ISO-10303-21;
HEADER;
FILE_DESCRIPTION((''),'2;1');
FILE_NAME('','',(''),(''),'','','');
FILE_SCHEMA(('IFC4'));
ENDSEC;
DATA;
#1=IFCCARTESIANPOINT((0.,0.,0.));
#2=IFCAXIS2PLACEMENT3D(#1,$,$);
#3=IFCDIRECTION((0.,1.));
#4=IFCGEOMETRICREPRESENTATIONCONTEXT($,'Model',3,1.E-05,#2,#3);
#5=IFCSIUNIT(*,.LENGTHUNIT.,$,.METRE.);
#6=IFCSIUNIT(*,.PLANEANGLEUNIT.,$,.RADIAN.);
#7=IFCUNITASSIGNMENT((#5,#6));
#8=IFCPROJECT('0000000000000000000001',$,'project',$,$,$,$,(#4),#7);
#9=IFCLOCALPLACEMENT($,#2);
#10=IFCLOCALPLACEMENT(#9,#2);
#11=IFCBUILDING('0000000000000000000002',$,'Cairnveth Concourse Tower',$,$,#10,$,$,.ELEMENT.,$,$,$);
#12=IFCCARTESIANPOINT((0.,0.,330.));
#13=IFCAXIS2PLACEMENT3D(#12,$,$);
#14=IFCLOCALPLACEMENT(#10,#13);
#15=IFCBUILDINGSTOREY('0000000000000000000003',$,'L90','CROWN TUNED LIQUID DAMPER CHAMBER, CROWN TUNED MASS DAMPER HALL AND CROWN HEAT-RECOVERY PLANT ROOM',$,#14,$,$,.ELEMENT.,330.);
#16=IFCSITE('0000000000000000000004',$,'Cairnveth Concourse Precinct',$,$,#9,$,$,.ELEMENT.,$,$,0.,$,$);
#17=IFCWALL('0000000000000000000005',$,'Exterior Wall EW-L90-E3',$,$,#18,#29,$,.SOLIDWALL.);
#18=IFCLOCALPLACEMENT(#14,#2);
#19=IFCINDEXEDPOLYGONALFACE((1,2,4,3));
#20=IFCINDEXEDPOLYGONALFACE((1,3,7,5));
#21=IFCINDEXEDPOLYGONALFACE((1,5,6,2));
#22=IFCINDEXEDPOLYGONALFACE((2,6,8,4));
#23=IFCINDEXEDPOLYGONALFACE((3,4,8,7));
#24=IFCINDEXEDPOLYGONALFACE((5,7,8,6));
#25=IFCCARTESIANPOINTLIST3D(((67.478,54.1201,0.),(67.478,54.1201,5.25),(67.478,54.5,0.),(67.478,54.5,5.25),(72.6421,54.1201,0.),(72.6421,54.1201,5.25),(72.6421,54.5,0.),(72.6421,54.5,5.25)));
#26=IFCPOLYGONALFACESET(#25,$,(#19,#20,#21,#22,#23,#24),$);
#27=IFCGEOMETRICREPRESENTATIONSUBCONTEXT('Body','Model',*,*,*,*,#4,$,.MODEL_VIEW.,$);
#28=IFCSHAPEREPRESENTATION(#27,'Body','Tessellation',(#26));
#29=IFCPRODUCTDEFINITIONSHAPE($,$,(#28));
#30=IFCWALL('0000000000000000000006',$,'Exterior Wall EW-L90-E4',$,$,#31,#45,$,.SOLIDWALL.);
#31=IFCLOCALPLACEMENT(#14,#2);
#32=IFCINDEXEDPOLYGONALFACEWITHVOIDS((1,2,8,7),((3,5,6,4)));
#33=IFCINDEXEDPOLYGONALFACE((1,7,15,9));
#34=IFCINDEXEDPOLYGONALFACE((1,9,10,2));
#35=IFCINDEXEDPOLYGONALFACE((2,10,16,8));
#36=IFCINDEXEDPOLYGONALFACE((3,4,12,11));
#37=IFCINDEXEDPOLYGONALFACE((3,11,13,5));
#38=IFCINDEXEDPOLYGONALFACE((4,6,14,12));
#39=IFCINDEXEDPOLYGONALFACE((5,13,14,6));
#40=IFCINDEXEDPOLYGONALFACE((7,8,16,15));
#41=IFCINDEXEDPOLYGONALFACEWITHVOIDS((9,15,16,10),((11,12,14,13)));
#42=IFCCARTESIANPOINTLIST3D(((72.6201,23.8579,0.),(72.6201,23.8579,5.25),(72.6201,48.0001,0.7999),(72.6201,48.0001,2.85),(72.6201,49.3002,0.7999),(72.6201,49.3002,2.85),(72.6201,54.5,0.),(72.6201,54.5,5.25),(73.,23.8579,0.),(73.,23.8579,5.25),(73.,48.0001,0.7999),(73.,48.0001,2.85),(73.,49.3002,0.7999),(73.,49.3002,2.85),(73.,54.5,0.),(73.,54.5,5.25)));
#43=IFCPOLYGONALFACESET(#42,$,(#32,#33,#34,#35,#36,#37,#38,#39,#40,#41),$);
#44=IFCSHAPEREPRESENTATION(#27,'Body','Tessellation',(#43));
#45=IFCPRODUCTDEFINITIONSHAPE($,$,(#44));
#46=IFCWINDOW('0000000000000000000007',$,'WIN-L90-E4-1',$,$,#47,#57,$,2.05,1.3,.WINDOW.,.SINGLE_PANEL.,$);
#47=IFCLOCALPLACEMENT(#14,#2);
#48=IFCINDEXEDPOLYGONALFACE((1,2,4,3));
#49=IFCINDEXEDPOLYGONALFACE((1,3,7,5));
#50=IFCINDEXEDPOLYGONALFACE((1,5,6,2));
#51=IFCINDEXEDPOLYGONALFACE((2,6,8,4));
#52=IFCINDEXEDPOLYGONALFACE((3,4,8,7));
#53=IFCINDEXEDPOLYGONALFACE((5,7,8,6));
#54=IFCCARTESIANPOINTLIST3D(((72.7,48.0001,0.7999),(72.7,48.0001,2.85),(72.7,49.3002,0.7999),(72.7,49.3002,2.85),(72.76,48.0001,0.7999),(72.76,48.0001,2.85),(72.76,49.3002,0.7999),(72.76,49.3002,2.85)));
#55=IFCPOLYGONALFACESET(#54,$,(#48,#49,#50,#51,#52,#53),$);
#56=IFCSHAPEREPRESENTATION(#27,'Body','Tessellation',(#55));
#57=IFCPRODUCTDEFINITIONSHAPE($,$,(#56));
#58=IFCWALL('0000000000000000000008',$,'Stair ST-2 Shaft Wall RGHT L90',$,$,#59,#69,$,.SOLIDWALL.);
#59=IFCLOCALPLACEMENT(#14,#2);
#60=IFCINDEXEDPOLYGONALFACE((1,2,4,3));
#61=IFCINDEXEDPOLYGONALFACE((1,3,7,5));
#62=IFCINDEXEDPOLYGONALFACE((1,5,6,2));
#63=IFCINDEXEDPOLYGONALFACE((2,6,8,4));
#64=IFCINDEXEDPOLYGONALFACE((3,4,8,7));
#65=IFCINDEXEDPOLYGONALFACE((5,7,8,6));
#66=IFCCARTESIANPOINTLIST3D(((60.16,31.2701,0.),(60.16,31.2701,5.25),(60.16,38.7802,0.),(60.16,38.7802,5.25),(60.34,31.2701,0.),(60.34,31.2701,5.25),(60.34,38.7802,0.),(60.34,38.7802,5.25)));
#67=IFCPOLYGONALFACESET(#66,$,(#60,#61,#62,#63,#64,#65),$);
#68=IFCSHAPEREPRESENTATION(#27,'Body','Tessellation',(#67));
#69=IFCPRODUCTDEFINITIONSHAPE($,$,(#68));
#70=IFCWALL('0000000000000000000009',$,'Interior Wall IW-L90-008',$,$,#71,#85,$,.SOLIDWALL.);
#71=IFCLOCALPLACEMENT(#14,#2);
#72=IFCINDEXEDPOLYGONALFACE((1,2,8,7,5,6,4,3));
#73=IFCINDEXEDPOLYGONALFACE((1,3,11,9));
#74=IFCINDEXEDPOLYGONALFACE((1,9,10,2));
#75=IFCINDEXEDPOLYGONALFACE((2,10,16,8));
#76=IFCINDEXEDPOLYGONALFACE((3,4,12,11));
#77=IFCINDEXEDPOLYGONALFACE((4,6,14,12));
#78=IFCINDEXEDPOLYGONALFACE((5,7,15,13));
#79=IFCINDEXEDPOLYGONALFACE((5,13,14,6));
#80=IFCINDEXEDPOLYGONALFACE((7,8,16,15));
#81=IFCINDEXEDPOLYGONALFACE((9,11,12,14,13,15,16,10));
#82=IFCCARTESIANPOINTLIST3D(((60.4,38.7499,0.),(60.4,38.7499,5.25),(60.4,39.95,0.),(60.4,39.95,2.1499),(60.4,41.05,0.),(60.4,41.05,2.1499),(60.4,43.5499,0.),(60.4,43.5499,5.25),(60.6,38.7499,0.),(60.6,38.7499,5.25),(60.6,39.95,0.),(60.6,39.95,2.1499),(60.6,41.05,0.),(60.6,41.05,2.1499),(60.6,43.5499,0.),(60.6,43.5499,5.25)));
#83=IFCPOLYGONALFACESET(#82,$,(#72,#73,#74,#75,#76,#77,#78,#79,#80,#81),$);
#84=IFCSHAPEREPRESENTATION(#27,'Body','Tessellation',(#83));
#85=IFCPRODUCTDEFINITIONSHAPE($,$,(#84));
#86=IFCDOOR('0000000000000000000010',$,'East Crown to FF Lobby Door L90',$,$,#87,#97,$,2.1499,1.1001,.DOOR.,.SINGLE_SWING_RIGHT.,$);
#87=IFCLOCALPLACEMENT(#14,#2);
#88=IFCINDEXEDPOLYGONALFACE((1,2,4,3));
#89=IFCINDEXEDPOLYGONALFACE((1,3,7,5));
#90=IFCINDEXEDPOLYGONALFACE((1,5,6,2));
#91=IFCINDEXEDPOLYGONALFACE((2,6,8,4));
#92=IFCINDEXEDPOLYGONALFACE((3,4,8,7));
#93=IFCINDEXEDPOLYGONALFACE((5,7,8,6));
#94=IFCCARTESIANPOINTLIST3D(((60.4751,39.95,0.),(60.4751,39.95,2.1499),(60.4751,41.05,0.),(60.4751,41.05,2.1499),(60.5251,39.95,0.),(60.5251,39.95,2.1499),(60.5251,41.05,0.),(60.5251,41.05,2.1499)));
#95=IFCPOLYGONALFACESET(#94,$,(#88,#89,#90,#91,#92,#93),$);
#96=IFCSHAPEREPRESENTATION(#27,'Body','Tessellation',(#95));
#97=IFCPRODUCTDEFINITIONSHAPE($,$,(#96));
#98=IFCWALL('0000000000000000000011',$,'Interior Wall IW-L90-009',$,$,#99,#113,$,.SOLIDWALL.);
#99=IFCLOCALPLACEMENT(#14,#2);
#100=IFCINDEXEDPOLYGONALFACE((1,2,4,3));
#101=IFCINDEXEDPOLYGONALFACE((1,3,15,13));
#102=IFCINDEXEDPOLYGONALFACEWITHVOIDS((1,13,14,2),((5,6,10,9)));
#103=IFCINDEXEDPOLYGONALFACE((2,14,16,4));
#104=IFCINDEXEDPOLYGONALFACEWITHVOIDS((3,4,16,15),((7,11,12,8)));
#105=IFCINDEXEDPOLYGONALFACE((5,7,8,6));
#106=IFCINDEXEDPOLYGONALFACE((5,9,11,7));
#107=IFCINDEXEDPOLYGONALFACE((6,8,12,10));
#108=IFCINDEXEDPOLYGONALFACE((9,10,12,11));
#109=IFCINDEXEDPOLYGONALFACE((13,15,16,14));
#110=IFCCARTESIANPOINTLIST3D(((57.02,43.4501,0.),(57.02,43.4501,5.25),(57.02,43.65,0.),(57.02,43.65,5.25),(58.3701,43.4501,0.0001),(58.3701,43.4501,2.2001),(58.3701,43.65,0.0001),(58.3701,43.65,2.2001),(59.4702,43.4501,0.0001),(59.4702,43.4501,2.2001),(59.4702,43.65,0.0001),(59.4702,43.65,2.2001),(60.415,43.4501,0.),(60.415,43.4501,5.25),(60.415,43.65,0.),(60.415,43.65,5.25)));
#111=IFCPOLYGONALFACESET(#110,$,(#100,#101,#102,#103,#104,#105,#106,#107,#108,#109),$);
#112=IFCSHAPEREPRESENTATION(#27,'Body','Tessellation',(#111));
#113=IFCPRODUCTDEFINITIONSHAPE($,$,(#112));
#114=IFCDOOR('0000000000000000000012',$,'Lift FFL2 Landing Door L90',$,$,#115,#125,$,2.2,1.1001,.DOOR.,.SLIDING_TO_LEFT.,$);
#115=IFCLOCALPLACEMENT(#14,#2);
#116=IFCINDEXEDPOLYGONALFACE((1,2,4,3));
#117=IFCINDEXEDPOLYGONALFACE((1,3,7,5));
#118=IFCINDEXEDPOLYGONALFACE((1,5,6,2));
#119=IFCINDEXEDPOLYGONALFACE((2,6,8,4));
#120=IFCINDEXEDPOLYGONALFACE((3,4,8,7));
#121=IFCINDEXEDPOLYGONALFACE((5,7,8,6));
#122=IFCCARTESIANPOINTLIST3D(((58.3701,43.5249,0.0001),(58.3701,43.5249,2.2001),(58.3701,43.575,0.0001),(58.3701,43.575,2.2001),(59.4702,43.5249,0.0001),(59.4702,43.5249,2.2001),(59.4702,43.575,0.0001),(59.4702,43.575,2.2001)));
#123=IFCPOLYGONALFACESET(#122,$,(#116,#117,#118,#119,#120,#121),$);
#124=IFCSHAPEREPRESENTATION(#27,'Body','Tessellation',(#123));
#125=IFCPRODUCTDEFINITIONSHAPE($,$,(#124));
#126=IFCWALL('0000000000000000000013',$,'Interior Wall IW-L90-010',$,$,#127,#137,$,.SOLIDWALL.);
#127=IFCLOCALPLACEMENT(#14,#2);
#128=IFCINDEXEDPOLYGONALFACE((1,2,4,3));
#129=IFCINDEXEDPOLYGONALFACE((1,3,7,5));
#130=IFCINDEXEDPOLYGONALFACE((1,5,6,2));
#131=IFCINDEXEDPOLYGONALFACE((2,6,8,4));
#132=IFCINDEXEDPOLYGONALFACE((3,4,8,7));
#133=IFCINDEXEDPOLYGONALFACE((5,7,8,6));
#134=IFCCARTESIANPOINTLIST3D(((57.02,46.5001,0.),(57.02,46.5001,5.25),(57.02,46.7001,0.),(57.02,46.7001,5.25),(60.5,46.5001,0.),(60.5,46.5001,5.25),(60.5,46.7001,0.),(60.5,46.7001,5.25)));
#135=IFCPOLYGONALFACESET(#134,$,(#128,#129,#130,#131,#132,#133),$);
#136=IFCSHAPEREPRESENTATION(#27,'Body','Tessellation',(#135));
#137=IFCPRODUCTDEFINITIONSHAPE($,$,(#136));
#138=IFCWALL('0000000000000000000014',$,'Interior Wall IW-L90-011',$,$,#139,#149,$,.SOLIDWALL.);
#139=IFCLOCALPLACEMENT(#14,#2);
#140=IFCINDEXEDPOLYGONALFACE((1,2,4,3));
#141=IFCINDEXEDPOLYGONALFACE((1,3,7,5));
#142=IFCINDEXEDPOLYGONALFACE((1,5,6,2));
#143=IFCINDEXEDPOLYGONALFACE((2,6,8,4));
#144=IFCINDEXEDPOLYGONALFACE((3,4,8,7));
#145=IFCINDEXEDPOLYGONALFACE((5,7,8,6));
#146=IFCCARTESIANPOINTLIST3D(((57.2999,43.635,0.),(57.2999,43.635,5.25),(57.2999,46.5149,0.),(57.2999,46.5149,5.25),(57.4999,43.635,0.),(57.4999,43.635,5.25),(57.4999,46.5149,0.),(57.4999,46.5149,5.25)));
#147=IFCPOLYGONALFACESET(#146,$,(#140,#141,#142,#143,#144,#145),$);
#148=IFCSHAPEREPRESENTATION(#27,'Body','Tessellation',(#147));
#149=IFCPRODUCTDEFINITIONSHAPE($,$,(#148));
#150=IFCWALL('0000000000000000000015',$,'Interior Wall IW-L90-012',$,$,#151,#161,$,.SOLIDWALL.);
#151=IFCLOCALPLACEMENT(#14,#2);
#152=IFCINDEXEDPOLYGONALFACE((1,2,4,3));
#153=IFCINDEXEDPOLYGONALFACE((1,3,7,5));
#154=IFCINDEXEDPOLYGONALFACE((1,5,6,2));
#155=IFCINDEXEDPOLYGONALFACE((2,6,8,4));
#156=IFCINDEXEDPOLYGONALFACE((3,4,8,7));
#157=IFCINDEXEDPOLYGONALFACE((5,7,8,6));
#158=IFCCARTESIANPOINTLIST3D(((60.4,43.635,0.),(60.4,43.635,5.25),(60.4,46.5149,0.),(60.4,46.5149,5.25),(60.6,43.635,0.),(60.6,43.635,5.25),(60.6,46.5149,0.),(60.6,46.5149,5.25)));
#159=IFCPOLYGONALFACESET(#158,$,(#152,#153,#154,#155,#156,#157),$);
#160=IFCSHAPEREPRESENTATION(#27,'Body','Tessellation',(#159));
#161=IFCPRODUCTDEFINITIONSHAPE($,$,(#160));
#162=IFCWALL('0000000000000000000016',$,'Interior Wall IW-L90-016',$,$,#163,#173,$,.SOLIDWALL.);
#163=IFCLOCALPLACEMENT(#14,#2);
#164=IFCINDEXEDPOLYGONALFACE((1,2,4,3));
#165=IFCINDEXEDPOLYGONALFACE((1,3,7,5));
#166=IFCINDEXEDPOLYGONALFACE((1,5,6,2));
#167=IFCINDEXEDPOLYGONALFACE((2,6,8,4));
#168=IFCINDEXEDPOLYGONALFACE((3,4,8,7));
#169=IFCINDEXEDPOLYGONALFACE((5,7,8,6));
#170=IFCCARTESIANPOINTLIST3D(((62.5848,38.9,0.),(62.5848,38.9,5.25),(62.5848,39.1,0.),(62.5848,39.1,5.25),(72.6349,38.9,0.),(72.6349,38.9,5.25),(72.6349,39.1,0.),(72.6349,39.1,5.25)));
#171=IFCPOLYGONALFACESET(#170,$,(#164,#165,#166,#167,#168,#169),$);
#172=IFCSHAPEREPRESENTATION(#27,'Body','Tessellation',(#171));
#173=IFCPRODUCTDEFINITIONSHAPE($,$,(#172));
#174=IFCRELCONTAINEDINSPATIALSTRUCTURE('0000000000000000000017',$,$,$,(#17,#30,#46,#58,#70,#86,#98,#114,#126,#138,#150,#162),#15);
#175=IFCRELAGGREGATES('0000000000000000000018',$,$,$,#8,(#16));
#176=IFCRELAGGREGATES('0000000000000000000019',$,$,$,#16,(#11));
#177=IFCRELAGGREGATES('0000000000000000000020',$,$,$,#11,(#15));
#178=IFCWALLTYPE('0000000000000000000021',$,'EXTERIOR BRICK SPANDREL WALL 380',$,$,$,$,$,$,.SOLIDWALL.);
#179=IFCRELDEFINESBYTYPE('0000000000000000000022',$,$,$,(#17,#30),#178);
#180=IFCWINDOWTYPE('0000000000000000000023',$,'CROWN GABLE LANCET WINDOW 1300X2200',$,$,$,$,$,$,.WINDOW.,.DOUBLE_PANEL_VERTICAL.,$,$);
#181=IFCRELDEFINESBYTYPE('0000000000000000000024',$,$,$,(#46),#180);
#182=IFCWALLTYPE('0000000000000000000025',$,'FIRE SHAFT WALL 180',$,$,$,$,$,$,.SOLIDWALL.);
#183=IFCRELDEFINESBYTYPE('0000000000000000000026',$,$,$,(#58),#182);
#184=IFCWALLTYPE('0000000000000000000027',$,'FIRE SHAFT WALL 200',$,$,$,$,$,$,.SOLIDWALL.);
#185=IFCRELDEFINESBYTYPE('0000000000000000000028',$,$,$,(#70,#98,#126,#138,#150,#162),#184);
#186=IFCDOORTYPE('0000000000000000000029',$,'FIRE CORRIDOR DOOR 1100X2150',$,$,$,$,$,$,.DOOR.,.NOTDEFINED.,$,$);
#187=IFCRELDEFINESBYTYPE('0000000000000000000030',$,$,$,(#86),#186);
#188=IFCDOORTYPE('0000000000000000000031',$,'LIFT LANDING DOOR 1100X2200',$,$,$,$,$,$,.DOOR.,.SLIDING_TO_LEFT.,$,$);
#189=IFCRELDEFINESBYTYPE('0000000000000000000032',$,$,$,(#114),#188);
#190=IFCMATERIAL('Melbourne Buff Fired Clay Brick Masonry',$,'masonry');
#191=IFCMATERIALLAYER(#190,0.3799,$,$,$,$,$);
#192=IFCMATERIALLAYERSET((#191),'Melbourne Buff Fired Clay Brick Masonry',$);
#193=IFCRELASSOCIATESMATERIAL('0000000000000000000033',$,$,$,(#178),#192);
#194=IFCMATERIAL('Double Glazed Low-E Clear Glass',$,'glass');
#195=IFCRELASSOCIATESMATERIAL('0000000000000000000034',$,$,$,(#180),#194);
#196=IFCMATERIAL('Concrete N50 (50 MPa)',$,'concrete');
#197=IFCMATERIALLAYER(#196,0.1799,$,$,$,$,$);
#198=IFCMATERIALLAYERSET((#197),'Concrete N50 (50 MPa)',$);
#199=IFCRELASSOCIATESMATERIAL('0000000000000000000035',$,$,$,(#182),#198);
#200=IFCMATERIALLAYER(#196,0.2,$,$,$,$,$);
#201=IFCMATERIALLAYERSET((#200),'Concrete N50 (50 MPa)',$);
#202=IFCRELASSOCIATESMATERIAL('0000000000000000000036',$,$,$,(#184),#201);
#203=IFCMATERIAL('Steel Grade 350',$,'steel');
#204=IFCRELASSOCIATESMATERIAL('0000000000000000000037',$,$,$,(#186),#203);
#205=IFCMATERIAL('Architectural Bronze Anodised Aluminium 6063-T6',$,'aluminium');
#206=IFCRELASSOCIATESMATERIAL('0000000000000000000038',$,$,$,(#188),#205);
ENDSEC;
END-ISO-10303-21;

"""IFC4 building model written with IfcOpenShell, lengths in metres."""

from ifc_helpers import new_model, si_unit, direction, frame, frame_2d, origin, place, context, subcontext, project, spatial, rectangle, extrude, material, layer, layer_set, type_object, element, fill, save


model = new_model("IFC4")

# Units and contexts
model_context = context("Model", 3, precision=1e-05, world=origin(), true_north=direction((0.0, 1.0)))
body_context = subcontext(model_context, "Body", "Model", "MODEL_VIEW")
ifc_project = project(units=[si_unit("LENGTHUNIT", "METRE"), si_unit("PLANEANGLEUNIT", "RADIAN")], contexts=[model_context])

# Site, building, storey
site_placement = place(None, origin())
site = spatial("IfcSite", under=ifc_project, at=site_placement, Name="Cairnveth Concourse Precinct", CompositionType="ELEMENT", RefElevation=0.0)
building_placement = place(site_placement, origin())
building = spatial("IfcBuilding", under=site, at=building_placement, Name="Cairnveth Concourse Tower", CompositionType="ELEMENT")
storey_placement = place(building_placement, frame((0.0, 0.0, 330.0)))
storey = spatial("IfcBuildingStorey", under=building, at=storey_placement, Name="L90", Description="CROWN TUNED LIQUID DAMPER CHAMBER, CROWN TUNED MASS DAMPER HALL AND CROWN HEAT-RECOVERY PLANT ROOM", CompositionType="ELEMENT", Elevation=330.0)

# Shared definitions
ifc_material_1 = material(Name="Steel Grade 350", Category="steel")

# Wall
ifc_material_2 = material(Name="Melbourne Buff Fired Clay Brick Masonry", Category="masonry")
ifc_layer_1 = layer(ifc_material_2, 0.3799)
ifc_layer_set_1 = layer_set([ifc_layer_1], Name="Melbourne Buff Fired Clay Brick Masonry")
wall_type_1 = type_object("IfcWallType", Name="EXTERIOR BRICK SPANDREL WALL 380", PredefinedType="SOLIDWALL", material=ifc_layer_set_1)
wall_1_placement = place(storey_placement, frame((67.478, 54.3101, 0.0), z_axis=(0.0, 0.0, 1.0), x_axis=(1.0, 0.0, 0.0)))
element("IfcWall", 1, at=wall_1_placement, inside=storey, type_object=wall_type_1, Name="Exterior Wall EW-L90-E3", PredefinedType="SOLIDWALL", context=body_context, shape_type="SweptSolid", body=[
    extrude(rectangle(XDim=5.1641, YDim=0.3799, at=frame_2d((2.582, 0.0))), origin(), (0.0, 0.0, 1.0), 5.25),
])

# Wall, opening, window
wall_2_placement = place(storey_placement, frame((72.8101, 54.5, 0.0), z_axis=(0.0, 0.0, 1.0), x_axis=(0.0, -1.0, 0.0)))
wall_2 = element("IfcWall", 2, at=wall_2_placement, inside=storey, type_object=wall_type_1, Name="Exterior Wall EW-L90-E4", PredefinedType="SOLIDWALL", context=body_context, shape_type="SweptSolid", body=[
    extrude(rectangle(XDim=30.6421, YDim=0.3799, at=frame_2d((15.321, 0.0))), origin(), (0.0, 0.0, 1.0), 5.25),
])
opening_1_placement = place(wall_2_placement, frame((5.2, 0.0, 0.8)))
opening_1 = element("IfcOpeningElement", 3, at=opening_1_placement, cuts=wall_2, PredefinedType="OPENING", context=body_context, shape_type="SweptSolid", body=[
    extrude(rectangle(XDim=1.3, YDim=2.05, at=frame_2d((0.6499, 1.0249))), frame((0.0, 0.2, 0.0), z_axis=(0.0, -1.0, 0.0), x_axis=(1.0, 0.0, 0.0)), (0.0, 0.0, 1.0), 0.3999),
])
ifc_material_3 = material(Name="Double Glazed Low-E Clear Glass", Category="glass")
window_type = type_object("IfcWindowType", Name="CROWN GABLE LANCET WINDOW 1300X2200", PartitioningType="DOUBLE_PANEL_VERTICAL", PredefinedType="WINDOW", material=ifc_material_3)
window_placement = place(opening_1_placement, origin())
window = element("IfcWindow", 4, at=window_placement, inside=storey, type_object=window_type, Name="WIN-L90-E4-1", OverallHeight=2.05, OverallWidth=1.3, PartitioningType="SINGLE_PANEL", PredefinedType="WINDOW", context=body_context, shape_type="SweptSolid", body=[
    extrude(rectangle(XDim=1.3, YDim=2.05, at=frame_2d((0.6499, 1.0249))), frame((0.0, -0.05, 0.0), z_axis=(0.0, -1.0, 0.0), x_axis=(1.0, 0.0, 0.0)), (0.0, 0.0, 1.0), 0.0601),
])
fill(opening_1, window)

# Shared definitions
ifc_material_4 = material(Name="Concrete N50 (50 MPa)", Category="concrete")
ifc_layer_2 = layer(ifc_material_4, 0.1799)
ifc_layer_set_2 = layer_set([ifc_layer_2], Name="Concrete N50 (50 MPa)")
wall_type_2 = type_object("IfcWallType", Name="FIRE SHAFT WALL 180", PredefinedType="SOLIDWALL", material=ifc_layer_set_2)

# Wall
wall_3_placement = place(storey_placement, frame((60.25, 38.78, 0.0), z_axis=(0.0, 0.0, 1.0), x_axis=(0.0, -1.0, 0.0)))
element("IfcWall", 5, at=wall_3_placement, inside=storey, type_object=wall_type_2, Name="Stair ST-2 Shaft Wall RGHT L90", PredefinedType="SOLIDWALL", context=body_context, shape_type="SweptSolid", body=[
    extrude(rectangle(XDim=7.51, YDim=0.1799, at=frame_2d((3.7549, 0.0))), origin(), (0.0, 0.0, 1.0), 5.25),
])

# Walls, openings, doors
ifc_layer_3 = layer(ifc_material_4, 0.2)
ifc_layer_set_3 = layer_set([ifc_layer_3], Name="Concrete N50 (50 MPa)")
wall_type_3 = type_object("IfcWallType", Name="FIRE SHAFT WALL 200", PredefinedType="SOLIDWALL", material=ifc_layer_set_3)
wall_4_placement = place(storey_placement, frame((60.5, 38.75, 0.0), z_axis=(0.0, 0.0, 1.0), x_axis=(0.0, 1.0, 0.0)))
wall_4 = element("IfcWall", 6, at=wall_4_placement, inside=storey, type_object=wall_type_3, Name="Interior Wall IW-L90-008", PredefinedType="SOLIDWALL", context=body_context, shape_type="SweptSolid", body=[
    extrude(rectangle(XDim=4.8, YDim=0.2, at=frame_2d((2.3999, 0.0))), origin(), (0.0, 0.0, 1.0), 5.25),
])
opening_2_placement = place(wall_4_placement, frame((1.2, 0.0, 0.0)))
opening_2 = element("IfcOpeningElement", 7, at=opening_2_placement, cuts=wall_4, PredefinedType="OPENING", context=body_context, shape_type="SweptSolid", body=[
    extrude(rectangle(XDim=1.1001, YDim=2.1499, at=frame_2d((0.55, 1.075))), frame((0.0, 0.1099, 0.0), z_axis=(0.0, -1.0, 0.0), x_axis=(1.0, 0.0, 0.0)), (0.0, 0.0, 1.0), 0.22),
])
door_type_1 = type_object("IfcDoorType", Name="FIRE CORRIDOR DOOR 1100X2150", OperationType="NOTDEFINED", PredefinedType="DOOR", material=ifc_material_1)
door_1_placement = place(opening_2_placement, origin())
door_1 = element("IfcDoor", 8, at=door_1_placement, inside=storey, type_object=door_type_1, Name="East Crown to FF Lobby Door L90", OperationType="SINGLE_SWING_RIGHT", OverallHeight=2.1499, OverallWidth=1.1001, PredefinedType="DOOR", context=body_context, shape_type="SweptSolid", body=[
    extrude(rectangle(XDim=1.1001, YDim=2.1499, at=frame_2d((0.55, 1.075))), frame((0.0, 0.0249, 0.0), z_axis=(0.0, -1.0, 0.0), x_axis=(1.0, 0.0, 0.0)), (0.0, 0.0, 1.0), 0.05),
])
fill(opening_2, door_1)
wall_5_placement = place(storey_placement, frame((57.02, 43.55, 0.0), z_axis=(0.0, 0.0, 1.0), x_axis=(1.0, 0.0, 0.0)))
wall_5 = element("IfcWall", 9, at=wall_5_placement, inside=storey, type_object=wall_type_3, Name="Interior Wall IW-L90-009", PredefinedType="SOLIDWALL", context=body_context, shape_type="SweptSolid", body=[
    extrude(rectangle(XDim=3.395, YDim=0.2, at=frame_2d((1.6975, 0.0))), origin(), (0.0, 0.0, 1.0), 5.25),
])
opening_3_placement = place(wall_5_placement, frame((1.3501, 0.0, 0.0)))
opening_3 = element("IfcOpeningElement", 10, at=opening_3_placement, cuts=wall_5, PredefinedType="OPENING", context=body_context, shape_type="SweptSolid", body=[
    extrude(rectangle(XDim=1.1001, YDim=2.2, at=frame_2d((0.55, 1.1001))), frame((0.0, 0.1099, 0.0), z_axis=(0.0, -1.0, 0.0), x_axis=(1.0, 0.0, 0.0)), (0.0, 0.0, 1.0), 0.22),
])
ifc_material_5 = material(Name="Architectural Bronze Anodised Aluminium 6063-T6", Category="aluminium")
door_type_2 = type_object("IfcDoorType", Name="LIFT LANDING DOOR 1100X2200", OperationType="SLIDING_TO_LEFT", PredefinedType="DOOR", material=ifc_material_5)
door_2_placement = place(opening_3_placement, origin())
door_2 = element("IfcDoor", 11, at=door_2_placement, inside=storey, type_object=door_type_2, Name="Lift FFL2 Landing Door L90", OperationType="SLIDING_TO_LEFT", OverallHeight=2.2, OverallWidth=1.1001, PredefinedType="DOOR", context=body_context, shape_type="SweptSolid", body=[
    extrude(rectangle(XDim=1.1001, YDim=2.2, at=frame_2d((0.55, 1.1001))), frame((0.0, 0.0249, 0.0), z_axis=(0.0, -1.0, 0.0), x_axis=(1.0, 0.0, 0.0)), (0.0, 0.0, 1.0), 0.05),
])
fill(opening_3, door_2)

# Walls
wall_6_placement = place(storey_placement, frame((57.02, 46.6001, 0.0), z_axis=(0.0, 0.0, 1.0), x_axis=(1.0, 0.0, 0.0)))
element("IfcWall", 12, at=wall_6_placement, inside=storey, type_object=wall_type_3, Name="Interior Wall IW-L90-010", PredefinedType="SOLIDWALL", context=body_context, shape_type="SweptSolid", body=[
    extrude(rectangle(XDim=3.48, YDim=0.2, at=frame_2d((1.74, 0.0))), origin(), (0.0, 0.0, 1.0), 5.25),
])
for number, where, z_axis, x_axis, name in (
    (13, (57.3999, 43.635, 0.0), (0.0, 0.0, 1.0), (0.0, 1.0, 0.0), "Interior Wall IW-L90-011"),
    (14, (60.5, 43.635, 0.0), (0.0, 0.0, 1.0), (0.0, 1.0, 0.0), "Interior Wall IW-L90-012"),
):
    element("IfcWall", number, at=place(storey_placement, frame(where, z_axis=z_axis, x_axis=x_axis)), inside=storey, type_object=wall_type_3, Name=name, PredefinedType="SOLIDWALL", context=body_context, shape_type="SweptSolid", body=[
        extrude(rectangle(XDim=2.8799, YDim=0.2, at=frame_2d((1.4399, 0.0))), origin(), (0.0, 0.0, 1.0), 5.25),
    ])
wall_7_placement = place(storey_placement, frame((62.585, 39.0, 0.0), z_axis=(0.0, 0.0, 1.0), x_axis=(1.0, 0.0, 0.0)))
element("IfcWall", 15, at=wall_7_placement, inside=storey, type_object=wall_type_3, Name="Interior Wall IW-L90-016", PredefinedType="SOLIDWALL", context=body_context, shape_type="SweptSolid", body=[
    extrude(rectangle(XDim=10.05, YDim=0.2, at=frame_2d((5.0249, 0.0))), origin(), (0.0, 0.0, 1.0), 5.25),
])

save(model, "model.ifc")
